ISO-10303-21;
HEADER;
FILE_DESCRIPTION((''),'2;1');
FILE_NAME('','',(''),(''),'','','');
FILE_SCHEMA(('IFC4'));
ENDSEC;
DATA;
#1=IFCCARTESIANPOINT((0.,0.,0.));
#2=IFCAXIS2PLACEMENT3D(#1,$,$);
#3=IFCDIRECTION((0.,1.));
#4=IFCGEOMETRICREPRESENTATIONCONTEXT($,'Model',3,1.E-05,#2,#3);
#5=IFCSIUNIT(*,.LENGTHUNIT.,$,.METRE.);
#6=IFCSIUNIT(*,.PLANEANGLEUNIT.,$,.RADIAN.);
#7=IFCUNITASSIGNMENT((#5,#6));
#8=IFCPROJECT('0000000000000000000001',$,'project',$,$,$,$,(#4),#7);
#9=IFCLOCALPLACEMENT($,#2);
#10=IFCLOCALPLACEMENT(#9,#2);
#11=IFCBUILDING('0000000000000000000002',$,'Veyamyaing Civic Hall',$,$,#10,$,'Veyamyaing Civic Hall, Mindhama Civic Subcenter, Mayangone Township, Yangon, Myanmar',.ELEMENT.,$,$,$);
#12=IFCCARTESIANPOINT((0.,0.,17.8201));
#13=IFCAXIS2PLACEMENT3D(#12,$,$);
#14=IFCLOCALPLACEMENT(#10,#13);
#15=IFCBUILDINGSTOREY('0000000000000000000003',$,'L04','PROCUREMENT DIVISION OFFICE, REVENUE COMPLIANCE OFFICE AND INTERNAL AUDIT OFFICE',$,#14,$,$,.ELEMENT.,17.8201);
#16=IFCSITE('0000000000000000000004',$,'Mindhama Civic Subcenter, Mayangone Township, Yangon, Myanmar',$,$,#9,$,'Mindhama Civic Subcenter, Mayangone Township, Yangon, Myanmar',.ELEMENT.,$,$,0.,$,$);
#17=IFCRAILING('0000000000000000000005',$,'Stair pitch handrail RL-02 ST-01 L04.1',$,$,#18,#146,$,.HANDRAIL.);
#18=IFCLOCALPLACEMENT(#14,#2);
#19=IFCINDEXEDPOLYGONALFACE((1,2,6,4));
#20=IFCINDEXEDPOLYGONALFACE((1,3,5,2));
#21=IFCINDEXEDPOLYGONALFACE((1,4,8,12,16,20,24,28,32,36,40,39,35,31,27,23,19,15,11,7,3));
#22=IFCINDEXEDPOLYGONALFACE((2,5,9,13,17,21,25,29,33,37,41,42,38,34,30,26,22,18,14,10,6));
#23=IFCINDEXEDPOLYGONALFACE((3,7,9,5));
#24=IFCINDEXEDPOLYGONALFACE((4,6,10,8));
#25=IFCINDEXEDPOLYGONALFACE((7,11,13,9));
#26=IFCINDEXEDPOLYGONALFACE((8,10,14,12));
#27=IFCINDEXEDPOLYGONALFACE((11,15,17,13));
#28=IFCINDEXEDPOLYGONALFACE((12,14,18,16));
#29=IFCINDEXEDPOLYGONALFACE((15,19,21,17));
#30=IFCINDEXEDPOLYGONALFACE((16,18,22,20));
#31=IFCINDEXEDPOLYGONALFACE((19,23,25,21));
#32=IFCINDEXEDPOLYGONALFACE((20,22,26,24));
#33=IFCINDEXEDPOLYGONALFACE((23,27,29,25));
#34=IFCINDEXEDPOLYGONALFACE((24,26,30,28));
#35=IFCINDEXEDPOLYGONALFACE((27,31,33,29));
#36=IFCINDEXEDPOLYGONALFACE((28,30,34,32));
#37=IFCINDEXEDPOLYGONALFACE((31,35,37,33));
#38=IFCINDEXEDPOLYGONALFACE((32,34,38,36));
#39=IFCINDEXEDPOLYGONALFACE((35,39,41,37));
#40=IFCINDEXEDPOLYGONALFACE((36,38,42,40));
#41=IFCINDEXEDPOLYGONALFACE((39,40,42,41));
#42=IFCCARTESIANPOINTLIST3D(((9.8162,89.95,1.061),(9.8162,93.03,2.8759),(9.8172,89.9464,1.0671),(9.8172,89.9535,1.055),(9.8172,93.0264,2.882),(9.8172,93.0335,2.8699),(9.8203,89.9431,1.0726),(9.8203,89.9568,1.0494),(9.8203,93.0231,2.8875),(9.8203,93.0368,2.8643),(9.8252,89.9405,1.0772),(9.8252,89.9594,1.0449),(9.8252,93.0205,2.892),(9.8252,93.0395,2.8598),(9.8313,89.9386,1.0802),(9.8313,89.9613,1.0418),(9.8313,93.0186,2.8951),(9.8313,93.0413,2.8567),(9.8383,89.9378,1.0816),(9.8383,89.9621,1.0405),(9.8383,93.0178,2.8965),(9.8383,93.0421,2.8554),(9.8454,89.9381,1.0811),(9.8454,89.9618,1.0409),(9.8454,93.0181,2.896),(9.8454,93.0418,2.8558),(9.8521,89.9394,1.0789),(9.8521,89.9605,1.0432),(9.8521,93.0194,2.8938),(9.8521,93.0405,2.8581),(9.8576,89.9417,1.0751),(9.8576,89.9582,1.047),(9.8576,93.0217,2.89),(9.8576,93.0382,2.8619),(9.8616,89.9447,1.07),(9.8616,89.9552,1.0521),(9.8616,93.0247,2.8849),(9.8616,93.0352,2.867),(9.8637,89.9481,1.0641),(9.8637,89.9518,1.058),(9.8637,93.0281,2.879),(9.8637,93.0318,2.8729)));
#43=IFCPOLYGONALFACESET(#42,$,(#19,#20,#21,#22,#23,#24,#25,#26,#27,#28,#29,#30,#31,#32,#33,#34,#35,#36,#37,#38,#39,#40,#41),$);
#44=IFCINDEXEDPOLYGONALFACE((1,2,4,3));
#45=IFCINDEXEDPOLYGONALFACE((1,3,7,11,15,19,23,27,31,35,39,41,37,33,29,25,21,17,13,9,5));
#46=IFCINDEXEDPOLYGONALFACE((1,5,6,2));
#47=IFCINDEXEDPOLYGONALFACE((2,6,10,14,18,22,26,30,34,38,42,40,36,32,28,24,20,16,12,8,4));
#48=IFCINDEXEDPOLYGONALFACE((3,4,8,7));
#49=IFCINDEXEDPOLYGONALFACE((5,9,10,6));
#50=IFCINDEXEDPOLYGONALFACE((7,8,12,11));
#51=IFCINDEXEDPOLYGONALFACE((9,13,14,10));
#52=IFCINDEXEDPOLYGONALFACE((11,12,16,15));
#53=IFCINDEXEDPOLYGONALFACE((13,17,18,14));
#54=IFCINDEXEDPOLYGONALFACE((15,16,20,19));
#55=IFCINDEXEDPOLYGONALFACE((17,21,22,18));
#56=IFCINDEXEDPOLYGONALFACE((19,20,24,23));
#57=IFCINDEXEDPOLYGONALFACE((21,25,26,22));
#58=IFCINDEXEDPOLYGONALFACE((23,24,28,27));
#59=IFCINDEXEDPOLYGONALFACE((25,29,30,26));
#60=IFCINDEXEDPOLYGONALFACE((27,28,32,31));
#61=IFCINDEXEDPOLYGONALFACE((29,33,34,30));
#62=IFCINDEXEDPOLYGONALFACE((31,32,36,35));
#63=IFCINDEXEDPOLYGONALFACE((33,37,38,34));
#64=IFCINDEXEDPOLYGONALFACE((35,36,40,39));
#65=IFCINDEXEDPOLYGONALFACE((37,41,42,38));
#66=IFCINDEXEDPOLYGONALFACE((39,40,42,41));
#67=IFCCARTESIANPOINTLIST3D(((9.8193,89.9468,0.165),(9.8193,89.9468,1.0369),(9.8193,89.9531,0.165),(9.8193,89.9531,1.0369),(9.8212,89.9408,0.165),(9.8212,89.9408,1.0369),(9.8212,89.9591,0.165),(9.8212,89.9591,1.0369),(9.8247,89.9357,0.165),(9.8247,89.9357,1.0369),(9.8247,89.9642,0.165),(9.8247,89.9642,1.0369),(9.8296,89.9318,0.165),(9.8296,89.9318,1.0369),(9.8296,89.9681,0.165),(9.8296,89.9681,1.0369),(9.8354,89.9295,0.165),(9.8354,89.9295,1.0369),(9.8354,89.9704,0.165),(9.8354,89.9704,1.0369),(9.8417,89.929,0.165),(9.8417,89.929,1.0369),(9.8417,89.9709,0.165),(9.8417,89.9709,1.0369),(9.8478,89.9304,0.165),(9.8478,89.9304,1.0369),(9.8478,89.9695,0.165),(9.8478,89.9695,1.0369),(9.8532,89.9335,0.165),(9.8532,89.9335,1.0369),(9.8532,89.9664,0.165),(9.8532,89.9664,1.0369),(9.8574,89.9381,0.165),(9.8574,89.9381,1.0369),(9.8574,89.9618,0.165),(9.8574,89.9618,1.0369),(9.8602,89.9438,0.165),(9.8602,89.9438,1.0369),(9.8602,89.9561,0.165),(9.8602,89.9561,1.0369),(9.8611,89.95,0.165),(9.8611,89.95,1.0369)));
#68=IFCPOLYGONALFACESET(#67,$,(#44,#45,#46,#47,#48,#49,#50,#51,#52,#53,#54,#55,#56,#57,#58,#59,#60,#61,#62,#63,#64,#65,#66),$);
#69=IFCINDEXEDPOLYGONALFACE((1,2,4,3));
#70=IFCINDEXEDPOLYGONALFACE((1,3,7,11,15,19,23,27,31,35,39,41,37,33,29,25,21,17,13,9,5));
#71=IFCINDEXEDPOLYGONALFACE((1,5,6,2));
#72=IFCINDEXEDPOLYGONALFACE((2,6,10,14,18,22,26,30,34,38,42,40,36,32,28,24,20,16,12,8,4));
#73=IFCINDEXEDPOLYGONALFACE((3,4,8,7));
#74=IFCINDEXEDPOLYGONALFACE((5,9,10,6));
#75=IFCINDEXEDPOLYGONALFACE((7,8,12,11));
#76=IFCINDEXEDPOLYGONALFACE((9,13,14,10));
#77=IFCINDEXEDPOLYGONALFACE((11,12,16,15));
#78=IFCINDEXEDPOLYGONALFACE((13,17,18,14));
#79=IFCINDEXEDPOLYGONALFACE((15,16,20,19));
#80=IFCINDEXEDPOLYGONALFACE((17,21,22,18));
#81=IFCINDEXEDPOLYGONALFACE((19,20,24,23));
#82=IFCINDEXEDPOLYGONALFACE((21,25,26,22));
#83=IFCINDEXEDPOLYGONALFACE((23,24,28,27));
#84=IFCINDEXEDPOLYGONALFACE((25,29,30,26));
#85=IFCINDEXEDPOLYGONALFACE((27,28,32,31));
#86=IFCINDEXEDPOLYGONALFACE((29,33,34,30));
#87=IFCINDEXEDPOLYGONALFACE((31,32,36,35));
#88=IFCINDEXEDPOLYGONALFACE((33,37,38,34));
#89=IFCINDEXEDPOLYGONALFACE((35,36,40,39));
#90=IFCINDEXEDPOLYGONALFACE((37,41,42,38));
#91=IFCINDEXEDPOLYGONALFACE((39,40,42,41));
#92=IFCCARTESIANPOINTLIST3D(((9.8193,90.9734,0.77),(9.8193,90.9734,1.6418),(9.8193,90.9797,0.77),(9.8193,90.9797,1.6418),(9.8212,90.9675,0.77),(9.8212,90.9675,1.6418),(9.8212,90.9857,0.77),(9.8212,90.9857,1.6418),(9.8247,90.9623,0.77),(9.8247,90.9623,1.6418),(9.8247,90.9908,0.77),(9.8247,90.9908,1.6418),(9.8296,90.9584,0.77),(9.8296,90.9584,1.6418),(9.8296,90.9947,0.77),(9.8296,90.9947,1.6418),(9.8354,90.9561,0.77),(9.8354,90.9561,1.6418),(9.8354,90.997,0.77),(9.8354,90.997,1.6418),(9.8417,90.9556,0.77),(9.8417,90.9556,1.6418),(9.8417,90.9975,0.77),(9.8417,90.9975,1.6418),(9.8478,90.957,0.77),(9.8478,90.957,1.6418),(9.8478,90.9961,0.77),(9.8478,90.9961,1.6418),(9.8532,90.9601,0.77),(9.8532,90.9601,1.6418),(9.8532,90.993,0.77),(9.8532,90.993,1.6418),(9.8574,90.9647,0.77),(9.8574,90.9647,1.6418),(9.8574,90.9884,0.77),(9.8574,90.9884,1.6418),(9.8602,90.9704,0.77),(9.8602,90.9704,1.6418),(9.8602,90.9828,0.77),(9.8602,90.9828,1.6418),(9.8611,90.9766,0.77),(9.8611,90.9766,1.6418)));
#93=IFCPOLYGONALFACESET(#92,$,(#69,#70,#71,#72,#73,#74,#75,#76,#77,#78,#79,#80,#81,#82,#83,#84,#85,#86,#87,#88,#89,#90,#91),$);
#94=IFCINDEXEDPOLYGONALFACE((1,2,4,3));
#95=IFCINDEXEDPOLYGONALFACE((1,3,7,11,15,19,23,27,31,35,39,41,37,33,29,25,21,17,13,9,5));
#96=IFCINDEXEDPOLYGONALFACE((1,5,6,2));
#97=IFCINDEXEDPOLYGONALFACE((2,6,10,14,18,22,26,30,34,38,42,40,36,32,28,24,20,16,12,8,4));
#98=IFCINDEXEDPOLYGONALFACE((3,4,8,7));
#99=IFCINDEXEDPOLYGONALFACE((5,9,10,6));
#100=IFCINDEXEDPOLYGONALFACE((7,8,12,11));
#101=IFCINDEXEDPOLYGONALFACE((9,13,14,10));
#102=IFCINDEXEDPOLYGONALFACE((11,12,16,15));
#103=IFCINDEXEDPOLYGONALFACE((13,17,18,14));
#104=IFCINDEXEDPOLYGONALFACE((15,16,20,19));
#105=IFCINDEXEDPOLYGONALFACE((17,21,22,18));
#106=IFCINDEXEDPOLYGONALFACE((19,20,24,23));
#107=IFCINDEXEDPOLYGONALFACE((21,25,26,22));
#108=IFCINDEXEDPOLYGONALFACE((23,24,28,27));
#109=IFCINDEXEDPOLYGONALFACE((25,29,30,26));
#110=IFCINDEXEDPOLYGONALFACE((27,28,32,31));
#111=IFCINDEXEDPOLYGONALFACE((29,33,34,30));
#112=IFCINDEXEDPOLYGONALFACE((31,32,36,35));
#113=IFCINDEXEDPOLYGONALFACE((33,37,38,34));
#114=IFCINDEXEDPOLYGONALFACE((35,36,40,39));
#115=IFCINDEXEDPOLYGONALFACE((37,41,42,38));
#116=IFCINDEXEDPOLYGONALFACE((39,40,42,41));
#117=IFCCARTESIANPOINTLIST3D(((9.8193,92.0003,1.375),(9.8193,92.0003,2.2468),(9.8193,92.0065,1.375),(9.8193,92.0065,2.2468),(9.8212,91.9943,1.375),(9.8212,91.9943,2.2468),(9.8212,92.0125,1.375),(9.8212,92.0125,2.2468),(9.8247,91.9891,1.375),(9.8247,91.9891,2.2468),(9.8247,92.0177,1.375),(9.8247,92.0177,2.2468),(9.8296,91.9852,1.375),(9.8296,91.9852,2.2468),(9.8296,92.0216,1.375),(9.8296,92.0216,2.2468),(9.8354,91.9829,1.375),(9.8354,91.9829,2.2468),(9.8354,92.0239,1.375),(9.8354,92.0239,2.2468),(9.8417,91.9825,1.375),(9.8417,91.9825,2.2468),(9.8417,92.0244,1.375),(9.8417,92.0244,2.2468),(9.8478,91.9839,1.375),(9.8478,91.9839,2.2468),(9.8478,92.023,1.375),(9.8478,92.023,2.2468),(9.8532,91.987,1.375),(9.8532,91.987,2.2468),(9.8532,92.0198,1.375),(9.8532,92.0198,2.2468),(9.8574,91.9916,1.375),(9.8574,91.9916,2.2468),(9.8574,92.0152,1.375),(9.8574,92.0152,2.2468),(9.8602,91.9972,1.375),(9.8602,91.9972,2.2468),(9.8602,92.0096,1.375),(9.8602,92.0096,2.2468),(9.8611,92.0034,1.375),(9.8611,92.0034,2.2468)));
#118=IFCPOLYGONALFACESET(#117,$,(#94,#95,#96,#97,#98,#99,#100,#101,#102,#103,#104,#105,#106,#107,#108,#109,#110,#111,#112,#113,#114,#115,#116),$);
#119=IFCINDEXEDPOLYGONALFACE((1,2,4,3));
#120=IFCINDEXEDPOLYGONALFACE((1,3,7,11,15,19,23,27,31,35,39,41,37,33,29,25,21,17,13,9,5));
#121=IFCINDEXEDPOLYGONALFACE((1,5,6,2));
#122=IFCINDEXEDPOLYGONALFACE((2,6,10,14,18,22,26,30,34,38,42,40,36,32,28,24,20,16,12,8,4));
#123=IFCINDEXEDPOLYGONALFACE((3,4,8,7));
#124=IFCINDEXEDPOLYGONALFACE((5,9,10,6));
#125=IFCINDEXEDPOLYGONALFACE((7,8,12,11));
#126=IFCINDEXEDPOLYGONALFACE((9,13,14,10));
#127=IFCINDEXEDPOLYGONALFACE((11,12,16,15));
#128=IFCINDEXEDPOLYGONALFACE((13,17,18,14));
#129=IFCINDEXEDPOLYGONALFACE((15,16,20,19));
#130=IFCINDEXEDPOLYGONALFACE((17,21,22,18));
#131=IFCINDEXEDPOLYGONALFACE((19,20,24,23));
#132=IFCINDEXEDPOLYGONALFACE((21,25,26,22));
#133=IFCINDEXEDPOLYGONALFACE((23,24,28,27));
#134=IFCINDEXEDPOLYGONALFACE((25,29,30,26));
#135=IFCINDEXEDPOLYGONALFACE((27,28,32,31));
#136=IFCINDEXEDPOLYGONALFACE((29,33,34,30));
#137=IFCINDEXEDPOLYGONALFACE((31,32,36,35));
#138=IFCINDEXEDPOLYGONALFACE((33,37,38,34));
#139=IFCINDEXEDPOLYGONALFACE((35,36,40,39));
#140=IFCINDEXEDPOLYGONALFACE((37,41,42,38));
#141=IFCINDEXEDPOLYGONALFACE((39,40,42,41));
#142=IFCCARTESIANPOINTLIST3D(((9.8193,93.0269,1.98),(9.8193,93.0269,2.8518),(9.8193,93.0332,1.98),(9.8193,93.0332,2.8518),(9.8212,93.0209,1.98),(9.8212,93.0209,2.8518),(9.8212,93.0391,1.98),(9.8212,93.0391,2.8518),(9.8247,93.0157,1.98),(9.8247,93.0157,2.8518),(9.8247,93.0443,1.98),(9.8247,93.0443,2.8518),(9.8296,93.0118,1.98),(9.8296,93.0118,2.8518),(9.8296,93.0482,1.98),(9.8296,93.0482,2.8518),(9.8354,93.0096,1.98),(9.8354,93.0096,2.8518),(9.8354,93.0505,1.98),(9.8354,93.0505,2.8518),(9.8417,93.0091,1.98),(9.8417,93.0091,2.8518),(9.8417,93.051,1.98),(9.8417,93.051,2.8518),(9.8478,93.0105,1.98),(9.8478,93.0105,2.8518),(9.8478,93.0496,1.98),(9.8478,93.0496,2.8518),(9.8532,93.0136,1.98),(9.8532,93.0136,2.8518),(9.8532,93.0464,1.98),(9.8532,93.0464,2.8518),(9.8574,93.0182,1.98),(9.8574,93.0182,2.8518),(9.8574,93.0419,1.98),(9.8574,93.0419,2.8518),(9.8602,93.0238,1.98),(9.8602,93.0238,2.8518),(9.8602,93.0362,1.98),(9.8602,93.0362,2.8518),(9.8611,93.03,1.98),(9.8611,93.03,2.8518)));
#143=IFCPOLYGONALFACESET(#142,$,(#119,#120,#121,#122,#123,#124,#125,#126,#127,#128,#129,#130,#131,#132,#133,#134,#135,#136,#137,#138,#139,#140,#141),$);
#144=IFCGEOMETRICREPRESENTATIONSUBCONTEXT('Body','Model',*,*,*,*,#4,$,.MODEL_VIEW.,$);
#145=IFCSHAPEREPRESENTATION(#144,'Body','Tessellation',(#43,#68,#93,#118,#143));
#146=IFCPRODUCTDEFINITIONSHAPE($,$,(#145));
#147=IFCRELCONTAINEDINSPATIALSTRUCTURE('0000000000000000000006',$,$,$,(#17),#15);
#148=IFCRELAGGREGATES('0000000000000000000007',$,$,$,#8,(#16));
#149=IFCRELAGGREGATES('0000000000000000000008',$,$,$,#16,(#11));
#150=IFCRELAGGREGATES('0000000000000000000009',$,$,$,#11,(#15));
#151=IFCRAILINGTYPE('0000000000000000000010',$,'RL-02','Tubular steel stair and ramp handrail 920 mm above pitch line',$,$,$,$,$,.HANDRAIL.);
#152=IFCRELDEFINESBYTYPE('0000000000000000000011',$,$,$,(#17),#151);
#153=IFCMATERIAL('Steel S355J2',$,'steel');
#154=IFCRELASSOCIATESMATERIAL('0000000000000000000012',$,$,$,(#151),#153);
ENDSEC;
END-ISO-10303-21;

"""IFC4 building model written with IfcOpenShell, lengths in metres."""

from ifc_helpers import new_model, si_unit, direction, frame, origin, origin_2d, place, context, subcontext, project, spatial, circle, extrude, material, type_object, element, save


model = new_model("IFC4")

# Units and contexts
model_context = context("Model", 3, precision=1e-05, world=origin(), true_north=direction((0.0, 1.0)))
body_context = subcontext(model_context, "Body", "Model", "MODEL_VIEW")
ifc_project = project(units=[si_unit("LENGTHUNIT", "METRE"), si_unit("PLANEANGLEUNIT", "RADIAN")], contexts=[model_context])

# Site, building, storey
site_placement = place(None, origin())
site = spatial("IfcSite", under=ifc_project, at=site_placement, Name="Mindhama Civic Subcenter, Mayangone Township, Yangon, Myanmar", LongName="Mindhama Civic Subcenter, Mayangone Township, Yangon, Myanmar", CompositionType="ELEMENT", RefElevation=0.0)
building_placement = place(site_placement, origin())
building = spatial("IfcBuilding", under=site, at=building_placement, Name="Veyamyaing Civic Hall", LongName="Veyamyaing Civic Hall, Mindhama Civic Subcenter, Mayangone Township, Yangon, Myanmar", CompositionType="ELEMENT")
storey_placement = place(building_placement, frame((0.0, 0.0, 17.8201)))
storey = spatial("IfcBuildingStorey", under=building, at=storey_placement, Name="L04", Description="PROCUREMENT DIVISION OFFICE, REVENUE COMPLIANCE OFFICE AND INTERNAL AUDIT OFFICE", CompositionType="ELEMENT", Elevation=17.8201)

# Railing
ifc_material_1 = material(Name="Steel S355J2", Category="steel")
railing_type_1 = type_object("IfcRailingType", Name="RL-02", Description="Tubular steel stair and ramp handrail 920 mm above pitch line", PredefinedType="HANDRAIL", material=ifc_material_1)
railing_1_placement = place(storey_placement, frame((9.8401, 89.95, 0.165)))
element("IfcRailing", 1, at=railing_1_placement, inside=storey, type_object=railing_type_1, Name="Stair pitch handrail RL-02 ST-01 L04.1", PredefinedType="HANDRAIL", context=body_context, shape_type="SweptSolid", body=[
    extrude(circle(Radius=0.0239, at=origin_2d()), frame((0.0, 0.0, 0.896), z_axis=(0.0, 0.861551, 0.507671), x_axis=(-1.0, 0.0, 0.0)), (0.0, 0.0, 1.0), 3.575),
    extrude(circle(Radius=0.021, at=origin_2d()), origin(), (0.0, 0.0, 1.0), 0.8718),
    extrude(circle(Radius=0.021, at=origin_2d()), frame((0.0, 1.0266, 0.605)), (0.0, 0.0, 1.0), 0.8718),
    extrude(circle(Radius=0.021, at=origin_2d()), frame((0.0, 2.0535, 1.21)), (0.0, 0.0, 1.0), 0.8718),
    extrude(circle(Radius=0.021, at=origin_2d()), frame((0.0, 3.0801, 1.8149)), (0.0, 0.0, 1.0), 0.8718),
])

save(model, "model.ifc")
